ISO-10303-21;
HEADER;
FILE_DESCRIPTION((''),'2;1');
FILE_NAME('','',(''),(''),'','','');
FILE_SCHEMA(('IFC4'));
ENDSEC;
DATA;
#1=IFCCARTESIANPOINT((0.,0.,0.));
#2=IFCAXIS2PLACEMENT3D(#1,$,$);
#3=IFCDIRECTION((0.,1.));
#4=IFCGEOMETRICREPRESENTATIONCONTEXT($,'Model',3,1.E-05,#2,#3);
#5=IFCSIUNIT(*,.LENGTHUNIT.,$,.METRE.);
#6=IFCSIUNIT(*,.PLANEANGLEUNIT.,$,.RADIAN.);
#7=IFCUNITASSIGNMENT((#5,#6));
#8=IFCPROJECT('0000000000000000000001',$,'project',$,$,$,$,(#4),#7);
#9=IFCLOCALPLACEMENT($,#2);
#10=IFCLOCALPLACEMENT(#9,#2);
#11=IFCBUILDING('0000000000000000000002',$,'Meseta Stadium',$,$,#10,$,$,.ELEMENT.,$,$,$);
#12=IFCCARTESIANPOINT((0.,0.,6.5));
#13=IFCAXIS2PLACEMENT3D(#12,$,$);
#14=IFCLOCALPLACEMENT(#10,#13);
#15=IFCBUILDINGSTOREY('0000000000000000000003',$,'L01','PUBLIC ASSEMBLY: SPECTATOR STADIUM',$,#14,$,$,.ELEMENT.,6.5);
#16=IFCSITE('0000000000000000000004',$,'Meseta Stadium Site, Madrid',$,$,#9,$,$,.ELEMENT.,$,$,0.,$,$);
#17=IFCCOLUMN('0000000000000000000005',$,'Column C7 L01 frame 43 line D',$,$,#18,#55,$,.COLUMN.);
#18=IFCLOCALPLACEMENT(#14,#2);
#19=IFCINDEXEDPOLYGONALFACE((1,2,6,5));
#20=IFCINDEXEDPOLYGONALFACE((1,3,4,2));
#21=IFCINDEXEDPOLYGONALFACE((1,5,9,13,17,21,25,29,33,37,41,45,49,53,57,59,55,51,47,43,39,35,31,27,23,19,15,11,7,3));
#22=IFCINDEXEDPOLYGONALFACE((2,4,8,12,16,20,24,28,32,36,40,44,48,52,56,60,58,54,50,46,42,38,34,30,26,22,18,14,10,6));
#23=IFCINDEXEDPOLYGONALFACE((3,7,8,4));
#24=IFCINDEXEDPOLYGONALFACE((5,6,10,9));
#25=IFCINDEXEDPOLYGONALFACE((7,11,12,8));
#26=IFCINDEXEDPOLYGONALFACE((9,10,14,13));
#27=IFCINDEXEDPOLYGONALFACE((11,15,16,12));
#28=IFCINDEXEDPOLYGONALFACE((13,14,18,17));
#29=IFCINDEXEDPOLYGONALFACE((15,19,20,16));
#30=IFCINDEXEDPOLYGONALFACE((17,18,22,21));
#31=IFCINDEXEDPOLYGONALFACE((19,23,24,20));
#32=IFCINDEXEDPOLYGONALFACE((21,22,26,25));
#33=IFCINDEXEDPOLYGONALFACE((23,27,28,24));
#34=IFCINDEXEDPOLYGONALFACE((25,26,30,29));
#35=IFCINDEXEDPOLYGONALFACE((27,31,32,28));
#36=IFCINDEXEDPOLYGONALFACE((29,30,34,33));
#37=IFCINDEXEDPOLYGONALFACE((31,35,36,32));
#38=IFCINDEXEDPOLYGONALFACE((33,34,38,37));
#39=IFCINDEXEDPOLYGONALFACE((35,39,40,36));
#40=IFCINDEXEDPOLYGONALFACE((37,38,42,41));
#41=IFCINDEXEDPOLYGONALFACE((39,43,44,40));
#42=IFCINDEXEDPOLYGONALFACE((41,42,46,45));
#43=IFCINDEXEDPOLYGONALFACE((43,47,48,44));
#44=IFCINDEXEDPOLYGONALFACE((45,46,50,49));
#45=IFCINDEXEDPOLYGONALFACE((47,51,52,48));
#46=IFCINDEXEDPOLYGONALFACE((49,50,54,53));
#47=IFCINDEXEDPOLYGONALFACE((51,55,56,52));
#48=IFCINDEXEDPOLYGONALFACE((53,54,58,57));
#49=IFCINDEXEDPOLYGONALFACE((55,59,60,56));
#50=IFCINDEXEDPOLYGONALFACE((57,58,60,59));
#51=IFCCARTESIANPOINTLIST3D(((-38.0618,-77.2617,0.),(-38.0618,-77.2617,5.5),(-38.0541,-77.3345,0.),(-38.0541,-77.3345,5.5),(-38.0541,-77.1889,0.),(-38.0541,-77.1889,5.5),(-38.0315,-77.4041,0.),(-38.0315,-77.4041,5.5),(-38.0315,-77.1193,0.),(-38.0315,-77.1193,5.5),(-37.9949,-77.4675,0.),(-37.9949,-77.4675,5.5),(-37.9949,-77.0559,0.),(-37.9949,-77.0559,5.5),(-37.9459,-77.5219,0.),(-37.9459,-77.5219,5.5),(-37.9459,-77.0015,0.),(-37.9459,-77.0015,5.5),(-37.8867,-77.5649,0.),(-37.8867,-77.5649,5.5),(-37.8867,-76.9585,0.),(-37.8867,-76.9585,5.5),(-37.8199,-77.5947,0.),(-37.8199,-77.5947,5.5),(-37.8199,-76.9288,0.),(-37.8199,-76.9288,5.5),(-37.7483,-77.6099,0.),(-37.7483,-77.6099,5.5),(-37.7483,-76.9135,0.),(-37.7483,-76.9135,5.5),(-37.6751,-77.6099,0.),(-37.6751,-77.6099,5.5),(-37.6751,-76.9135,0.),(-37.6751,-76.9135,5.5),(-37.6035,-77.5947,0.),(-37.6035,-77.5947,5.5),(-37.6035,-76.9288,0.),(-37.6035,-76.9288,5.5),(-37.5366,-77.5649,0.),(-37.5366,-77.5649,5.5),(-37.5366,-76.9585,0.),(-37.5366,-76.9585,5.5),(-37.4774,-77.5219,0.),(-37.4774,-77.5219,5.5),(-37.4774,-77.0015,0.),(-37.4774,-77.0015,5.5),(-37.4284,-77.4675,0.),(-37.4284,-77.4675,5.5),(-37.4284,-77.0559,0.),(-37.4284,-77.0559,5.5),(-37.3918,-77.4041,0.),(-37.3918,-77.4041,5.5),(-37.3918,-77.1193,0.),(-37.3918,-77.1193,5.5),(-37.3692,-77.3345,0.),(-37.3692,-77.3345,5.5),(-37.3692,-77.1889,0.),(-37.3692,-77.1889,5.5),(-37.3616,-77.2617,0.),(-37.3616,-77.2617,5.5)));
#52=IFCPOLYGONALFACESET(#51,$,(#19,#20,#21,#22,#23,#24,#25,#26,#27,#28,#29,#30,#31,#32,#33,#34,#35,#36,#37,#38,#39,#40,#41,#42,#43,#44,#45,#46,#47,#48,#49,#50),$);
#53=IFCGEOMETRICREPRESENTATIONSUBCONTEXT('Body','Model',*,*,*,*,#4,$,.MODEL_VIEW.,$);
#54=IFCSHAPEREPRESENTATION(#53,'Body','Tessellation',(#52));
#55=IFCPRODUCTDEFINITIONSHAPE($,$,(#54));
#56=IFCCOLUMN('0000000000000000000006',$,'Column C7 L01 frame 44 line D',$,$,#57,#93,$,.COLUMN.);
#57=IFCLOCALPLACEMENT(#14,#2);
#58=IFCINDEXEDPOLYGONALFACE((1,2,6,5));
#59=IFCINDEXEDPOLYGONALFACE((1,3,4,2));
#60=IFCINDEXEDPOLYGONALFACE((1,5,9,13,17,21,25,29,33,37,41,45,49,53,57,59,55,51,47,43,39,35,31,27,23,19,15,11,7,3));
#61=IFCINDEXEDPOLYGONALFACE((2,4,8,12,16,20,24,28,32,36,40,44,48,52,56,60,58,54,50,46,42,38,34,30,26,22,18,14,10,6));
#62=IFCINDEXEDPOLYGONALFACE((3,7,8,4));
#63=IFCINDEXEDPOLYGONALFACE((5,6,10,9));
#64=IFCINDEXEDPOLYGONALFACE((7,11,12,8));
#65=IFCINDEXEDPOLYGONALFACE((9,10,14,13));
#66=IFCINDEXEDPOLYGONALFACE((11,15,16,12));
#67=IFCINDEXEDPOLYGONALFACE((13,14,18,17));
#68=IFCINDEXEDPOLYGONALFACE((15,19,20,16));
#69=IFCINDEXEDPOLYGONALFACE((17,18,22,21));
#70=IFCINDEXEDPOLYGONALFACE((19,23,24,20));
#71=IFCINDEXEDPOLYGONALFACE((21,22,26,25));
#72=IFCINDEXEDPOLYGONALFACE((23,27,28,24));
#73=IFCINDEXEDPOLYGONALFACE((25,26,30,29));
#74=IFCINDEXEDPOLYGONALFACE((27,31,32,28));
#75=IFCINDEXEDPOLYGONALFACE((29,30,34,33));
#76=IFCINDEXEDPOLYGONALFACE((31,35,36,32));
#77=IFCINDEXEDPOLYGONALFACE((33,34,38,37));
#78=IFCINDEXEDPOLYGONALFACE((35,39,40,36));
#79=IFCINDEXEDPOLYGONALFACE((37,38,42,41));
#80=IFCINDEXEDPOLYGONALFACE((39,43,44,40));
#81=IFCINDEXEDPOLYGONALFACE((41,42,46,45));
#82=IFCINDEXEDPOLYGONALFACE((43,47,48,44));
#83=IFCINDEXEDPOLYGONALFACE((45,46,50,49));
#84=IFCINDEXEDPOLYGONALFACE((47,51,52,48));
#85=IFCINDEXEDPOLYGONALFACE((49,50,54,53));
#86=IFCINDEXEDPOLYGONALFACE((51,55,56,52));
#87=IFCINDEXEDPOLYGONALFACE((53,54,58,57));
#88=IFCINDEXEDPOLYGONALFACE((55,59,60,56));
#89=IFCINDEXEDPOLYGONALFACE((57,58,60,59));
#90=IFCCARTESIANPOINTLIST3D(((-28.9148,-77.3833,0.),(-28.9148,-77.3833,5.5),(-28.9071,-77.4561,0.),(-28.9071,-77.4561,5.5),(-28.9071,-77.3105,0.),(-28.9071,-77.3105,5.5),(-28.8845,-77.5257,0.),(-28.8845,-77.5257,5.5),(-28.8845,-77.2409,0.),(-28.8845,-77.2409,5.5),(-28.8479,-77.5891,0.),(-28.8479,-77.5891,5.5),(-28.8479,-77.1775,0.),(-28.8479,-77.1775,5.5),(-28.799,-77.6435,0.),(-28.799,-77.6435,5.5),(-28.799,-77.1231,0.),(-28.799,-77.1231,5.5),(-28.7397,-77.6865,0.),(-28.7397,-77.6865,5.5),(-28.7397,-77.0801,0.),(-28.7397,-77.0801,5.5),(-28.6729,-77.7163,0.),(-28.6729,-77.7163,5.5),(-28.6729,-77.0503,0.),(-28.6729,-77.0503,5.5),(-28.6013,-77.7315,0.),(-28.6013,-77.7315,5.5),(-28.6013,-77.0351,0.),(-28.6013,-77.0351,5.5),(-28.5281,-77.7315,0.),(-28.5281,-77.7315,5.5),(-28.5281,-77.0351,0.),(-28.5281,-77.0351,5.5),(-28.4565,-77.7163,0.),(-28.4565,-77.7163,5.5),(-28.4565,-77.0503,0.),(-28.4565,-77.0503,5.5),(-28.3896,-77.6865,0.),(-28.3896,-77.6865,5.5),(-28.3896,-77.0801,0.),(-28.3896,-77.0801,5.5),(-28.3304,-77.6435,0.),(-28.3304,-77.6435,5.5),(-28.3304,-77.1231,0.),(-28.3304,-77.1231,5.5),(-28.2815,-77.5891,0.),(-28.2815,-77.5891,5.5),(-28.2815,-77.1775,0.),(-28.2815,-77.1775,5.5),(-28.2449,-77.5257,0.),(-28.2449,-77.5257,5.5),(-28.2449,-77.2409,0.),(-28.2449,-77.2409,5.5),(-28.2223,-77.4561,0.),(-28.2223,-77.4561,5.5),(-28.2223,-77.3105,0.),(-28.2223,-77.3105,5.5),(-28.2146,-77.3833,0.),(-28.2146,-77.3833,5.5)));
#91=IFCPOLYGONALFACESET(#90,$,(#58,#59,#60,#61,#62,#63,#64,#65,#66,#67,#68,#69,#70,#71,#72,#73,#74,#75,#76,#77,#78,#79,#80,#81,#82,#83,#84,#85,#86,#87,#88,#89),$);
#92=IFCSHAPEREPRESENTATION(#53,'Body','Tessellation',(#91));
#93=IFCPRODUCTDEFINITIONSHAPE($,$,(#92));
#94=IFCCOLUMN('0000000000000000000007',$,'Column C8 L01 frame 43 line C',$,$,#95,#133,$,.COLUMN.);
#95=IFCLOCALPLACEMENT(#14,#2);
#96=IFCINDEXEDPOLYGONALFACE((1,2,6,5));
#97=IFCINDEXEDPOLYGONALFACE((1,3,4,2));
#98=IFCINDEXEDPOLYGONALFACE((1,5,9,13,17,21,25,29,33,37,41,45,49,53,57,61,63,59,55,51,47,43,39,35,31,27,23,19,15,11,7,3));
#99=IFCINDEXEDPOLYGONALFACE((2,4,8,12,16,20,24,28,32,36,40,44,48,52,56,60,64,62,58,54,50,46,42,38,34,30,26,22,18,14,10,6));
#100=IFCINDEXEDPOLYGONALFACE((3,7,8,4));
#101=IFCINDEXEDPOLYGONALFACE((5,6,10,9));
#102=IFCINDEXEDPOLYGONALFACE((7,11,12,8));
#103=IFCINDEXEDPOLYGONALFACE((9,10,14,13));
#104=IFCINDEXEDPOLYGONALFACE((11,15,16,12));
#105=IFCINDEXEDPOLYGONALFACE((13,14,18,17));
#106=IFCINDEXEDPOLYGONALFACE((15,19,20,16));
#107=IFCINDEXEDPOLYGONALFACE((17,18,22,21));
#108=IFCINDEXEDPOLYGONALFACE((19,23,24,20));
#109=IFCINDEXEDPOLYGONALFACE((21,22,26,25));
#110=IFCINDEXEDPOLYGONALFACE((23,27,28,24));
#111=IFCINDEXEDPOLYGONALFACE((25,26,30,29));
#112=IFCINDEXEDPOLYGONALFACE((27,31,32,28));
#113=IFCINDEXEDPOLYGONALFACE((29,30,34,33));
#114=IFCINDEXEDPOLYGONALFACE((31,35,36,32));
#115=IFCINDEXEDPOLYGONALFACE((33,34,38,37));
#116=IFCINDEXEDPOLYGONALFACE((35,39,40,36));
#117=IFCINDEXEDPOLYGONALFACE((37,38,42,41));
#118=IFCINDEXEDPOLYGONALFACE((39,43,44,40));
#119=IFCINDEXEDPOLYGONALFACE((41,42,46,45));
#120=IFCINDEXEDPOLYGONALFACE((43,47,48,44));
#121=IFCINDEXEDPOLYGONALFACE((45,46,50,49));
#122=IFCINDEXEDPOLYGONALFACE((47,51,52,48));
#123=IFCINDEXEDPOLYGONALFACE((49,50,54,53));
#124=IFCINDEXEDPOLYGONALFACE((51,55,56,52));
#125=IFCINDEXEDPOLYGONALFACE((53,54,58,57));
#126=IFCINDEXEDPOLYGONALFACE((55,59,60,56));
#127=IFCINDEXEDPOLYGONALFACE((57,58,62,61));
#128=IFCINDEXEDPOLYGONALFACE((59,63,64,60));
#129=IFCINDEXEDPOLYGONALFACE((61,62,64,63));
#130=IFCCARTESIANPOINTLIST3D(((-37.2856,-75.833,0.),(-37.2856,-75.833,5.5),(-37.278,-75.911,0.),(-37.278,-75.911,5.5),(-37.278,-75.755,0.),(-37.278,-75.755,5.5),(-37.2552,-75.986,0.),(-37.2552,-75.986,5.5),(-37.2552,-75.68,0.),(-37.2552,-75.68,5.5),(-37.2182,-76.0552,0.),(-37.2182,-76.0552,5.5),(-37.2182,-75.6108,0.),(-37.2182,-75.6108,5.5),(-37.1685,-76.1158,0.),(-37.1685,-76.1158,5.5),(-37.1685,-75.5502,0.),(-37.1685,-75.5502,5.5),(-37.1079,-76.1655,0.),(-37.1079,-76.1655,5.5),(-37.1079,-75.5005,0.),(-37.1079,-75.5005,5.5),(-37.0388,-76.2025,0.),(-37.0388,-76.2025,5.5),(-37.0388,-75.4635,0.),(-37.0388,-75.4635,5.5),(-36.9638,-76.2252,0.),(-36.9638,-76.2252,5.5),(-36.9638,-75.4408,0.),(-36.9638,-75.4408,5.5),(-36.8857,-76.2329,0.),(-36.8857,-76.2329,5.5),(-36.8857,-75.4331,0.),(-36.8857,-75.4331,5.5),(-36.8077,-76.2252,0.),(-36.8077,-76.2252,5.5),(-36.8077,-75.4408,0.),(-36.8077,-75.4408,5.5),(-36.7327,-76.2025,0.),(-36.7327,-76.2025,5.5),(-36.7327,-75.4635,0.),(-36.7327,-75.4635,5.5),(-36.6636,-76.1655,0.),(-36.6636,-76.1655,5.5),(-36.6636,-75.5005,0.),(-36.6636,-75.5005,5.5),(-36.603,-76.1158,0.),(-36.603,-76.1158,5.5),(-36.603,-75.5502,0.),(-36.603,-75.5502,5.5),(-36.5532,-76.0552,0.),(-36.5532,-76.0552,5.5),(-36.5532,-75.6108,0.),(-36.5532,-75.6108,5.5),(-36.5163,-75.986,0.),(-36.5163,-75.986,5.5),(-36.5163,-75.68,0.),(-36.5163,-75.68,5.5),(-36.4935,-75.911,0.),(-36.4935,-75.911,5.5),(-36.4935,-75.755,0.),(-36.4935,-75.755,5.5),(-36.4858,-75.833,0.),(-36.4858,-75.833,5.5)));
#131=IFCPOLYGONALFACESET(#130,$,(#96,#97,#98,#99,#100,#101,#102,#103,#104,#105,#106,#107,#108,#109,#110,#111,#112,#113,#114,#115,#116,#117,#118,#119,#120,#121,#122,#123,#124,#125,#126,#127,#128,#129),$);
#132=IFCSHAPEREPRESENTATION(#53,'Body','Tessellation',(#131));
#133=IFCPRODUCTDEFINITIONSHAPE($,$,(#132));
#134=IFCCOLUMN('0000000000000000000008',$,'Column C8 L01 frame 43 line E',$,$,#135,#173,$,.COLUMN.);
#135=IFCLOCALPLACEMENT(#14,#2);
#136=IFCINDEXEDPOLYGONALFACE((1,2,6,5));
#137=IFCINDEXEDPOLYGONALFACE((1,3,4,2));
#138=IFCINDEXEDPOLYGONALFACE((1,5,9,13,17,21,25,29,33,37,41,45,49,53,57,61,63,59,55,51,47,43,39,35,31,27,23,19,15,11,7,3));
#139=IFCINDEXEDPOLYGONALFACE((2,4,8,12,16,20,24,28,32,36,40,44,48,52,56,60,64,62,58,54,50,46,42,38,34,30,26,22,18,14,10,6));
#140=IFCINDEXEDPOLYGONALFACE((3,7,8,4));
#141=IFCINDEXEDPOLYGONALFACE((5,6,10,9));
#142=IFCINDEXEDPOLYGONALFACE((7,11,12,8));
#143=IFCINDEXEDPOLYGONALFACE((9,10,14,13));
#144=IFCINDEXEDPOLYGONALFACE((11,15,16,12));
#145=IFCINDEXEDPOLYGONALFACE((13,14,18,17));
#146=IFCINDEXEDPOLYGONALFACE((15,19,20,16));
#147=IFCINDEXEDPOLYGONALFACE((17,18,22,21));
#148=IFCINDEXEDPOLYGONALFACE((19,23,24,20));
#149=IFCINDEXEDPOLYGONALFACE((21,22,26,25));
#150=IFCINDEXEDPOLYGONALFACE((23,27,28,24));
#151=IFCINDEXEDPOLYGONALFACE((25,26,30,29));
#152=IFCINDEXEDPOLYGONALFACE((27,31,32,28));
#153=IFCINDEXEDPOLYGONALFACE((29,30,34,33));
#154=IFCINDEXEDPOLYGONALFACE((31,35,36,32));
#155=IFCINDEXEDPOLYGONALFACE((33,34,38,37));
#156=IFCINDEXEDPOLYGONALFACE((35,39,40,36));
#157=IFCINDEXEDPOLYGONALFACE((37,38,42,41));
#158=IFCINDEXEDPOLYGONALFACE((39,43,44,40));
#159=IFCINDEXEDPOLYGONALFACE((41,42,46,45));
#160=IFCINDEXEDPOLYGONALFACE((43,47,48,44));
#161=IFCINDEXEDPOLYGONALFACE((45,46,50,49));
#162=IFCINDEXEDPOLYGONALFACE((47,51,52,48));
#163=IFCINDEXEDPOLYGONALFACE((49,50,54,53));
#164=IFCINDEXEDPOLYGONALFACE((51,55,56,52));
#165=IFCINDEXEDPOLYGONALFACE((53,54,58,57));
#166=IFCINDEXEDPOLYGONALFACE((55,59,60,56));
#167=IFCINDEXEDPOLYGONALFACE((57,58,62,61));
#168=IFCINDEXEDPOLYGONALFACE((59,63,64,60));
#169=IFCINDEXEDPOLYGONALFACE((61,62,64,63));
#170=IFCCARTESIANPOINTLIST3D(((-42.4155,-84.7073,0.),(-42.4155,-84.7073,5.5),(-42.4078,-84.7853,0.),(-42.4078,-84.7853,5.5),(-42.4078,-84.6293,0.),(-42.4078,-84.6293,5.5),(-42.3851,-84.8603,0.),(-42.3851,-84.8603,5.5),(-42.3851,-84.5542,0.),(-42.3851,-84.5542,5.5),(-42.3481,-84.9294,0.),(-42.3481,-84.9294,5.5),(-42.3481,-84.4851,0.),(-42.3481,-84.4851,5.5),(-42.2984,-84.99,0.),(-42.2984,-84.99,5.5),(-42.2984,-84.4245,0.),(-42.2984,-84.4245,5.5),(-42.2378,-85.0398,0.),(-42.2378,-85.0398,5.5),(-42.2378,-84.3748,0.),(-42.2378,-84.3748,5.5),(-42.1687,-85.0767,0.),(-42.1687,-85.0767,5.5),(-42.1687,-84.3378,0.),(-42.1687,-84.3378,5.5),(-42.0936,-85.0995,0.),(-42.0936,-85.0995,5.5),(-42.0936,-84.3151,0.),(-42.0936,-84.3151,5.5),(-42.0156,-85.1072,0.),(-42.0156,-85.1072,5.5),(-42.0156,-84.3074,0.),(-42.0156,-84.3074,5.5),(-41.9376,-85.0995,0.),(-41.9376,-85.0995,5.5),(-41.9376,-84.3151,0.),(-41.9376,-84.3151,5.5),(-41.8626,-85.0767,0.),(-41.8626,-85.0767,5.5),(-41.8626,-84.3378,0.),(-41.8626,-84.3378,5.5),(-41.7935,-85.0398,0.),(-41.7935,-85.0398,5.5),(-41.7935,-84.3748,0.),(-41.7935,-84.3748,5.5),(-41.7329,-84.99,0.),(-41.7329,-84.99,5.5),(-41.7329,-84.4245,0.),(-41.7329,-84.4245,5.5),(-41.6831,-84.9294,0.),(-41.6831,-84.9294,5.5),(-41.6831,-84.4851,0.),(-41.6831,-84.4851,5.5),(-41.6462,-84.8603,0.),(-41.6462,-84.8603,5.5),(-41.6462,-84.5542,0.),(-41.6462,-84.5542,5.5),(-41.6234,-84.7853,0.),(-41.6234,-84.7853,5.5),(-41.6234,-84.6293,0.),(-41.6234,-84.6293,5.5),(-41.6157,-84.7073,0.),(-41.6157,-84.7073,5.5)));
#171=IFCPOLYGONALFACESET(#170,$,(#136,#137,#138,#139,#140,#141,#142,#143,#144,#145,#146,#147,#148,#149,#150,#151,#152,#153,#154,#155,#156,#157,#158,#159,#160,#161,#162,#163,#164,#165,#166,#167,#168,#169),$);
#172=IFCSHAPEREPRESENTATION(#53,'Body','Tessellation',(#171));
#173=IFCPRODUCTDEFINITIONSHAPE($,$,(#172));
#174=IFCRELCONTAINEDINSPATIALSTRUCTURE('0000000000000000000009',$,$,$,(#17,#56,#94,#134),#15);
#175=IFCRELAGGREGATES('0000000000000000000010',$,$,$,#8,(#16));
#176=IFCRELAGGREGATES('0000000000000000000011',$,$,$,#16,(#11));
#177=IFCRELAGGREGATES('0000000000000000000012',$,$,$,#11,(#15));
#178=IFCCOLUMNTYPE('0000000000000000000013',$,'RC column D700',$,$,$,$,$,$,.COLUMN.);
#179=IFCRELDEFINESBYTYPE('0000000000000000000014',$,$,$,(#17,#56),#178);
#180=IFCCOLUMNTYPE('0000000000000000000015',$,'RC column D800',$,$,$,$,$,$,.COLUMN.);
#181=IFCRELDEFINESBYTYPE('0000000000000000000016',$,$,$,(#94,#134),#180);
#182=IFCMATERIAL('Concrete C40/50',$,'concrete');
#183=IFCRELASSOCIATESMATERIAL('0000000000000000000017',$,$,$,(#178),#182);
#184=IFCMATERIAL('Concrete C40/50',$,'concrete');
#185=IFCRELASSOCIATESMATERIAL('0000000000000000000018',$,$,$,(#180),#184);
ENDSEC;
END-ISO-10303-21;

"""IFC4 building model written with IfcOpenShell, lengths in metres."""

from ifc_helpers import new_model, si_unit, direction, frame, origin, origin_2d, place, context, subcontext, project, spatial, circle, extrude, material, material_profile, profile_set, type_object, element, save


model = new_model("IFC4")

# Units and contexts
model_context = context("Model", 3, precision=1e-05, world=origin(), true_north=direction((0.0, 1.0)))
body_context = subcontext(model_context, "Body", "Model", "MODEL_VIEW")
ifc_project = project(units=[si_unit("LENGTHUNIT", "METRE"), si_unit("PLANEANGLEUNIT", "RADIAN")], contexts=[model_context])

# Site, building, storey
site_placement = place(None, origin())
site = spatial("IfcSite", under=ifc_project, at=site_placement, Name="Meseta Stadium Site, Madrid", CompositionType="ELEMENT", RefElevation=0.0)
building_placement = place(site_placement, origin())
building = spatial("IfcBuilding", under=site, at=building_placement, Name="Meseta Stadium", CompositionType="ELEMENT")
storey_placement = place(building_placement, frame((0.0, 0.0, 6.5)))
storey = spatial("IfcBuildingStorey", under=building, at=storey_placement, Name="L01", Description="PUBLIC ASSEMBLY: SPECTATOR STADIUM", CompositionType="ELEMENT", Elevation=6.5)

# Columns
ifc_material_1 = material(Name="Concrete C40/50", Category="concrete")
ifc_material_profile_1 = material_profile(ifc_material_1, circle(Radius=0.3501, at=origin_2d()), Name="RC D700")
ifc_profile_set_1 = profile_set([ifc_material_profile_1], Name="Concrete C40/50")
column_type_1 = type_object("IfcColumnType", Name="RC column D700", PredefinedType="COLUMN", material=ifc_profile_set_1)
for number, where, z_axis, x_axis, name in (
    (1, (-37.7117, -77.2617, 0.0), (0.0, 0.0, 1.0), (1.0, 0.0, 0.0), "Column C7 L01 frame 43 line D"),
    (2, (-28.5647, -77.3833, 0.0), (0.0, 0.0, 1.0), (1.0, 0.0, 0.0), "Column C7 L01 frame 44 line D"),
):
    element("IfcColumn", number, at=place(storey_placement, frame(where, z_axis=z_axis, x_axis=x_axis)), inside=storey, type_object=column_type_1, Name=name, PredefinedType="COLUMN", context=body_context, shape_type="SweptSolid", body=[
        extrude(circle(Radius=0.3501, at=origin_2d()), origin(), (0.0, 0.0, 1.0), 5.5),
    ])
ifc_material_2 = material(Name="Concrete C40/50", Category="concrete")
ifc_material_profile_2 = material_profile(ifc_material_2, circle(Radius=0.3999, at=origin_2d()), Name="RC D800")
ifc_profile_set_2 = profile_set([ifc_material_profile_2], Name="Concrete C40/50")
column_type_2 = type_object("IfcColumnType", Name="RC column D800", PredefinedType="COLUMN", material=ifc_profile_set_2)
for number, where, z_axis, x_axis, name in (
    (3, (-36.8857, -75.833, 0.0), (0.0, 0.0, 1.0), (1.0, 0.0, 0.0), "Column C8 L01 frame 43 line C"),
    (4, (-42.0156, -84.7073, 0.0), (0.0, 0.0, 1.0), (1.0, 0.0, 0.0), "Column C8 L01 frame 43 line E"),
):
    element("IfcColumn", number, at=place(storey_placement, frame(where, z_axis=z_axis, x_axis=x_axis)), inside=storey, type_object=column_type_2, Name=name, PredefinedType="COLUMN", context=body_context, shape_type="SweptSolid", body=[
        extrude(circle(Radius=0.3999, at=origin_2d()), origin(), (0.0, 0.0, 1.0), 5.5),
    ])

save(model, "model.ifc")
